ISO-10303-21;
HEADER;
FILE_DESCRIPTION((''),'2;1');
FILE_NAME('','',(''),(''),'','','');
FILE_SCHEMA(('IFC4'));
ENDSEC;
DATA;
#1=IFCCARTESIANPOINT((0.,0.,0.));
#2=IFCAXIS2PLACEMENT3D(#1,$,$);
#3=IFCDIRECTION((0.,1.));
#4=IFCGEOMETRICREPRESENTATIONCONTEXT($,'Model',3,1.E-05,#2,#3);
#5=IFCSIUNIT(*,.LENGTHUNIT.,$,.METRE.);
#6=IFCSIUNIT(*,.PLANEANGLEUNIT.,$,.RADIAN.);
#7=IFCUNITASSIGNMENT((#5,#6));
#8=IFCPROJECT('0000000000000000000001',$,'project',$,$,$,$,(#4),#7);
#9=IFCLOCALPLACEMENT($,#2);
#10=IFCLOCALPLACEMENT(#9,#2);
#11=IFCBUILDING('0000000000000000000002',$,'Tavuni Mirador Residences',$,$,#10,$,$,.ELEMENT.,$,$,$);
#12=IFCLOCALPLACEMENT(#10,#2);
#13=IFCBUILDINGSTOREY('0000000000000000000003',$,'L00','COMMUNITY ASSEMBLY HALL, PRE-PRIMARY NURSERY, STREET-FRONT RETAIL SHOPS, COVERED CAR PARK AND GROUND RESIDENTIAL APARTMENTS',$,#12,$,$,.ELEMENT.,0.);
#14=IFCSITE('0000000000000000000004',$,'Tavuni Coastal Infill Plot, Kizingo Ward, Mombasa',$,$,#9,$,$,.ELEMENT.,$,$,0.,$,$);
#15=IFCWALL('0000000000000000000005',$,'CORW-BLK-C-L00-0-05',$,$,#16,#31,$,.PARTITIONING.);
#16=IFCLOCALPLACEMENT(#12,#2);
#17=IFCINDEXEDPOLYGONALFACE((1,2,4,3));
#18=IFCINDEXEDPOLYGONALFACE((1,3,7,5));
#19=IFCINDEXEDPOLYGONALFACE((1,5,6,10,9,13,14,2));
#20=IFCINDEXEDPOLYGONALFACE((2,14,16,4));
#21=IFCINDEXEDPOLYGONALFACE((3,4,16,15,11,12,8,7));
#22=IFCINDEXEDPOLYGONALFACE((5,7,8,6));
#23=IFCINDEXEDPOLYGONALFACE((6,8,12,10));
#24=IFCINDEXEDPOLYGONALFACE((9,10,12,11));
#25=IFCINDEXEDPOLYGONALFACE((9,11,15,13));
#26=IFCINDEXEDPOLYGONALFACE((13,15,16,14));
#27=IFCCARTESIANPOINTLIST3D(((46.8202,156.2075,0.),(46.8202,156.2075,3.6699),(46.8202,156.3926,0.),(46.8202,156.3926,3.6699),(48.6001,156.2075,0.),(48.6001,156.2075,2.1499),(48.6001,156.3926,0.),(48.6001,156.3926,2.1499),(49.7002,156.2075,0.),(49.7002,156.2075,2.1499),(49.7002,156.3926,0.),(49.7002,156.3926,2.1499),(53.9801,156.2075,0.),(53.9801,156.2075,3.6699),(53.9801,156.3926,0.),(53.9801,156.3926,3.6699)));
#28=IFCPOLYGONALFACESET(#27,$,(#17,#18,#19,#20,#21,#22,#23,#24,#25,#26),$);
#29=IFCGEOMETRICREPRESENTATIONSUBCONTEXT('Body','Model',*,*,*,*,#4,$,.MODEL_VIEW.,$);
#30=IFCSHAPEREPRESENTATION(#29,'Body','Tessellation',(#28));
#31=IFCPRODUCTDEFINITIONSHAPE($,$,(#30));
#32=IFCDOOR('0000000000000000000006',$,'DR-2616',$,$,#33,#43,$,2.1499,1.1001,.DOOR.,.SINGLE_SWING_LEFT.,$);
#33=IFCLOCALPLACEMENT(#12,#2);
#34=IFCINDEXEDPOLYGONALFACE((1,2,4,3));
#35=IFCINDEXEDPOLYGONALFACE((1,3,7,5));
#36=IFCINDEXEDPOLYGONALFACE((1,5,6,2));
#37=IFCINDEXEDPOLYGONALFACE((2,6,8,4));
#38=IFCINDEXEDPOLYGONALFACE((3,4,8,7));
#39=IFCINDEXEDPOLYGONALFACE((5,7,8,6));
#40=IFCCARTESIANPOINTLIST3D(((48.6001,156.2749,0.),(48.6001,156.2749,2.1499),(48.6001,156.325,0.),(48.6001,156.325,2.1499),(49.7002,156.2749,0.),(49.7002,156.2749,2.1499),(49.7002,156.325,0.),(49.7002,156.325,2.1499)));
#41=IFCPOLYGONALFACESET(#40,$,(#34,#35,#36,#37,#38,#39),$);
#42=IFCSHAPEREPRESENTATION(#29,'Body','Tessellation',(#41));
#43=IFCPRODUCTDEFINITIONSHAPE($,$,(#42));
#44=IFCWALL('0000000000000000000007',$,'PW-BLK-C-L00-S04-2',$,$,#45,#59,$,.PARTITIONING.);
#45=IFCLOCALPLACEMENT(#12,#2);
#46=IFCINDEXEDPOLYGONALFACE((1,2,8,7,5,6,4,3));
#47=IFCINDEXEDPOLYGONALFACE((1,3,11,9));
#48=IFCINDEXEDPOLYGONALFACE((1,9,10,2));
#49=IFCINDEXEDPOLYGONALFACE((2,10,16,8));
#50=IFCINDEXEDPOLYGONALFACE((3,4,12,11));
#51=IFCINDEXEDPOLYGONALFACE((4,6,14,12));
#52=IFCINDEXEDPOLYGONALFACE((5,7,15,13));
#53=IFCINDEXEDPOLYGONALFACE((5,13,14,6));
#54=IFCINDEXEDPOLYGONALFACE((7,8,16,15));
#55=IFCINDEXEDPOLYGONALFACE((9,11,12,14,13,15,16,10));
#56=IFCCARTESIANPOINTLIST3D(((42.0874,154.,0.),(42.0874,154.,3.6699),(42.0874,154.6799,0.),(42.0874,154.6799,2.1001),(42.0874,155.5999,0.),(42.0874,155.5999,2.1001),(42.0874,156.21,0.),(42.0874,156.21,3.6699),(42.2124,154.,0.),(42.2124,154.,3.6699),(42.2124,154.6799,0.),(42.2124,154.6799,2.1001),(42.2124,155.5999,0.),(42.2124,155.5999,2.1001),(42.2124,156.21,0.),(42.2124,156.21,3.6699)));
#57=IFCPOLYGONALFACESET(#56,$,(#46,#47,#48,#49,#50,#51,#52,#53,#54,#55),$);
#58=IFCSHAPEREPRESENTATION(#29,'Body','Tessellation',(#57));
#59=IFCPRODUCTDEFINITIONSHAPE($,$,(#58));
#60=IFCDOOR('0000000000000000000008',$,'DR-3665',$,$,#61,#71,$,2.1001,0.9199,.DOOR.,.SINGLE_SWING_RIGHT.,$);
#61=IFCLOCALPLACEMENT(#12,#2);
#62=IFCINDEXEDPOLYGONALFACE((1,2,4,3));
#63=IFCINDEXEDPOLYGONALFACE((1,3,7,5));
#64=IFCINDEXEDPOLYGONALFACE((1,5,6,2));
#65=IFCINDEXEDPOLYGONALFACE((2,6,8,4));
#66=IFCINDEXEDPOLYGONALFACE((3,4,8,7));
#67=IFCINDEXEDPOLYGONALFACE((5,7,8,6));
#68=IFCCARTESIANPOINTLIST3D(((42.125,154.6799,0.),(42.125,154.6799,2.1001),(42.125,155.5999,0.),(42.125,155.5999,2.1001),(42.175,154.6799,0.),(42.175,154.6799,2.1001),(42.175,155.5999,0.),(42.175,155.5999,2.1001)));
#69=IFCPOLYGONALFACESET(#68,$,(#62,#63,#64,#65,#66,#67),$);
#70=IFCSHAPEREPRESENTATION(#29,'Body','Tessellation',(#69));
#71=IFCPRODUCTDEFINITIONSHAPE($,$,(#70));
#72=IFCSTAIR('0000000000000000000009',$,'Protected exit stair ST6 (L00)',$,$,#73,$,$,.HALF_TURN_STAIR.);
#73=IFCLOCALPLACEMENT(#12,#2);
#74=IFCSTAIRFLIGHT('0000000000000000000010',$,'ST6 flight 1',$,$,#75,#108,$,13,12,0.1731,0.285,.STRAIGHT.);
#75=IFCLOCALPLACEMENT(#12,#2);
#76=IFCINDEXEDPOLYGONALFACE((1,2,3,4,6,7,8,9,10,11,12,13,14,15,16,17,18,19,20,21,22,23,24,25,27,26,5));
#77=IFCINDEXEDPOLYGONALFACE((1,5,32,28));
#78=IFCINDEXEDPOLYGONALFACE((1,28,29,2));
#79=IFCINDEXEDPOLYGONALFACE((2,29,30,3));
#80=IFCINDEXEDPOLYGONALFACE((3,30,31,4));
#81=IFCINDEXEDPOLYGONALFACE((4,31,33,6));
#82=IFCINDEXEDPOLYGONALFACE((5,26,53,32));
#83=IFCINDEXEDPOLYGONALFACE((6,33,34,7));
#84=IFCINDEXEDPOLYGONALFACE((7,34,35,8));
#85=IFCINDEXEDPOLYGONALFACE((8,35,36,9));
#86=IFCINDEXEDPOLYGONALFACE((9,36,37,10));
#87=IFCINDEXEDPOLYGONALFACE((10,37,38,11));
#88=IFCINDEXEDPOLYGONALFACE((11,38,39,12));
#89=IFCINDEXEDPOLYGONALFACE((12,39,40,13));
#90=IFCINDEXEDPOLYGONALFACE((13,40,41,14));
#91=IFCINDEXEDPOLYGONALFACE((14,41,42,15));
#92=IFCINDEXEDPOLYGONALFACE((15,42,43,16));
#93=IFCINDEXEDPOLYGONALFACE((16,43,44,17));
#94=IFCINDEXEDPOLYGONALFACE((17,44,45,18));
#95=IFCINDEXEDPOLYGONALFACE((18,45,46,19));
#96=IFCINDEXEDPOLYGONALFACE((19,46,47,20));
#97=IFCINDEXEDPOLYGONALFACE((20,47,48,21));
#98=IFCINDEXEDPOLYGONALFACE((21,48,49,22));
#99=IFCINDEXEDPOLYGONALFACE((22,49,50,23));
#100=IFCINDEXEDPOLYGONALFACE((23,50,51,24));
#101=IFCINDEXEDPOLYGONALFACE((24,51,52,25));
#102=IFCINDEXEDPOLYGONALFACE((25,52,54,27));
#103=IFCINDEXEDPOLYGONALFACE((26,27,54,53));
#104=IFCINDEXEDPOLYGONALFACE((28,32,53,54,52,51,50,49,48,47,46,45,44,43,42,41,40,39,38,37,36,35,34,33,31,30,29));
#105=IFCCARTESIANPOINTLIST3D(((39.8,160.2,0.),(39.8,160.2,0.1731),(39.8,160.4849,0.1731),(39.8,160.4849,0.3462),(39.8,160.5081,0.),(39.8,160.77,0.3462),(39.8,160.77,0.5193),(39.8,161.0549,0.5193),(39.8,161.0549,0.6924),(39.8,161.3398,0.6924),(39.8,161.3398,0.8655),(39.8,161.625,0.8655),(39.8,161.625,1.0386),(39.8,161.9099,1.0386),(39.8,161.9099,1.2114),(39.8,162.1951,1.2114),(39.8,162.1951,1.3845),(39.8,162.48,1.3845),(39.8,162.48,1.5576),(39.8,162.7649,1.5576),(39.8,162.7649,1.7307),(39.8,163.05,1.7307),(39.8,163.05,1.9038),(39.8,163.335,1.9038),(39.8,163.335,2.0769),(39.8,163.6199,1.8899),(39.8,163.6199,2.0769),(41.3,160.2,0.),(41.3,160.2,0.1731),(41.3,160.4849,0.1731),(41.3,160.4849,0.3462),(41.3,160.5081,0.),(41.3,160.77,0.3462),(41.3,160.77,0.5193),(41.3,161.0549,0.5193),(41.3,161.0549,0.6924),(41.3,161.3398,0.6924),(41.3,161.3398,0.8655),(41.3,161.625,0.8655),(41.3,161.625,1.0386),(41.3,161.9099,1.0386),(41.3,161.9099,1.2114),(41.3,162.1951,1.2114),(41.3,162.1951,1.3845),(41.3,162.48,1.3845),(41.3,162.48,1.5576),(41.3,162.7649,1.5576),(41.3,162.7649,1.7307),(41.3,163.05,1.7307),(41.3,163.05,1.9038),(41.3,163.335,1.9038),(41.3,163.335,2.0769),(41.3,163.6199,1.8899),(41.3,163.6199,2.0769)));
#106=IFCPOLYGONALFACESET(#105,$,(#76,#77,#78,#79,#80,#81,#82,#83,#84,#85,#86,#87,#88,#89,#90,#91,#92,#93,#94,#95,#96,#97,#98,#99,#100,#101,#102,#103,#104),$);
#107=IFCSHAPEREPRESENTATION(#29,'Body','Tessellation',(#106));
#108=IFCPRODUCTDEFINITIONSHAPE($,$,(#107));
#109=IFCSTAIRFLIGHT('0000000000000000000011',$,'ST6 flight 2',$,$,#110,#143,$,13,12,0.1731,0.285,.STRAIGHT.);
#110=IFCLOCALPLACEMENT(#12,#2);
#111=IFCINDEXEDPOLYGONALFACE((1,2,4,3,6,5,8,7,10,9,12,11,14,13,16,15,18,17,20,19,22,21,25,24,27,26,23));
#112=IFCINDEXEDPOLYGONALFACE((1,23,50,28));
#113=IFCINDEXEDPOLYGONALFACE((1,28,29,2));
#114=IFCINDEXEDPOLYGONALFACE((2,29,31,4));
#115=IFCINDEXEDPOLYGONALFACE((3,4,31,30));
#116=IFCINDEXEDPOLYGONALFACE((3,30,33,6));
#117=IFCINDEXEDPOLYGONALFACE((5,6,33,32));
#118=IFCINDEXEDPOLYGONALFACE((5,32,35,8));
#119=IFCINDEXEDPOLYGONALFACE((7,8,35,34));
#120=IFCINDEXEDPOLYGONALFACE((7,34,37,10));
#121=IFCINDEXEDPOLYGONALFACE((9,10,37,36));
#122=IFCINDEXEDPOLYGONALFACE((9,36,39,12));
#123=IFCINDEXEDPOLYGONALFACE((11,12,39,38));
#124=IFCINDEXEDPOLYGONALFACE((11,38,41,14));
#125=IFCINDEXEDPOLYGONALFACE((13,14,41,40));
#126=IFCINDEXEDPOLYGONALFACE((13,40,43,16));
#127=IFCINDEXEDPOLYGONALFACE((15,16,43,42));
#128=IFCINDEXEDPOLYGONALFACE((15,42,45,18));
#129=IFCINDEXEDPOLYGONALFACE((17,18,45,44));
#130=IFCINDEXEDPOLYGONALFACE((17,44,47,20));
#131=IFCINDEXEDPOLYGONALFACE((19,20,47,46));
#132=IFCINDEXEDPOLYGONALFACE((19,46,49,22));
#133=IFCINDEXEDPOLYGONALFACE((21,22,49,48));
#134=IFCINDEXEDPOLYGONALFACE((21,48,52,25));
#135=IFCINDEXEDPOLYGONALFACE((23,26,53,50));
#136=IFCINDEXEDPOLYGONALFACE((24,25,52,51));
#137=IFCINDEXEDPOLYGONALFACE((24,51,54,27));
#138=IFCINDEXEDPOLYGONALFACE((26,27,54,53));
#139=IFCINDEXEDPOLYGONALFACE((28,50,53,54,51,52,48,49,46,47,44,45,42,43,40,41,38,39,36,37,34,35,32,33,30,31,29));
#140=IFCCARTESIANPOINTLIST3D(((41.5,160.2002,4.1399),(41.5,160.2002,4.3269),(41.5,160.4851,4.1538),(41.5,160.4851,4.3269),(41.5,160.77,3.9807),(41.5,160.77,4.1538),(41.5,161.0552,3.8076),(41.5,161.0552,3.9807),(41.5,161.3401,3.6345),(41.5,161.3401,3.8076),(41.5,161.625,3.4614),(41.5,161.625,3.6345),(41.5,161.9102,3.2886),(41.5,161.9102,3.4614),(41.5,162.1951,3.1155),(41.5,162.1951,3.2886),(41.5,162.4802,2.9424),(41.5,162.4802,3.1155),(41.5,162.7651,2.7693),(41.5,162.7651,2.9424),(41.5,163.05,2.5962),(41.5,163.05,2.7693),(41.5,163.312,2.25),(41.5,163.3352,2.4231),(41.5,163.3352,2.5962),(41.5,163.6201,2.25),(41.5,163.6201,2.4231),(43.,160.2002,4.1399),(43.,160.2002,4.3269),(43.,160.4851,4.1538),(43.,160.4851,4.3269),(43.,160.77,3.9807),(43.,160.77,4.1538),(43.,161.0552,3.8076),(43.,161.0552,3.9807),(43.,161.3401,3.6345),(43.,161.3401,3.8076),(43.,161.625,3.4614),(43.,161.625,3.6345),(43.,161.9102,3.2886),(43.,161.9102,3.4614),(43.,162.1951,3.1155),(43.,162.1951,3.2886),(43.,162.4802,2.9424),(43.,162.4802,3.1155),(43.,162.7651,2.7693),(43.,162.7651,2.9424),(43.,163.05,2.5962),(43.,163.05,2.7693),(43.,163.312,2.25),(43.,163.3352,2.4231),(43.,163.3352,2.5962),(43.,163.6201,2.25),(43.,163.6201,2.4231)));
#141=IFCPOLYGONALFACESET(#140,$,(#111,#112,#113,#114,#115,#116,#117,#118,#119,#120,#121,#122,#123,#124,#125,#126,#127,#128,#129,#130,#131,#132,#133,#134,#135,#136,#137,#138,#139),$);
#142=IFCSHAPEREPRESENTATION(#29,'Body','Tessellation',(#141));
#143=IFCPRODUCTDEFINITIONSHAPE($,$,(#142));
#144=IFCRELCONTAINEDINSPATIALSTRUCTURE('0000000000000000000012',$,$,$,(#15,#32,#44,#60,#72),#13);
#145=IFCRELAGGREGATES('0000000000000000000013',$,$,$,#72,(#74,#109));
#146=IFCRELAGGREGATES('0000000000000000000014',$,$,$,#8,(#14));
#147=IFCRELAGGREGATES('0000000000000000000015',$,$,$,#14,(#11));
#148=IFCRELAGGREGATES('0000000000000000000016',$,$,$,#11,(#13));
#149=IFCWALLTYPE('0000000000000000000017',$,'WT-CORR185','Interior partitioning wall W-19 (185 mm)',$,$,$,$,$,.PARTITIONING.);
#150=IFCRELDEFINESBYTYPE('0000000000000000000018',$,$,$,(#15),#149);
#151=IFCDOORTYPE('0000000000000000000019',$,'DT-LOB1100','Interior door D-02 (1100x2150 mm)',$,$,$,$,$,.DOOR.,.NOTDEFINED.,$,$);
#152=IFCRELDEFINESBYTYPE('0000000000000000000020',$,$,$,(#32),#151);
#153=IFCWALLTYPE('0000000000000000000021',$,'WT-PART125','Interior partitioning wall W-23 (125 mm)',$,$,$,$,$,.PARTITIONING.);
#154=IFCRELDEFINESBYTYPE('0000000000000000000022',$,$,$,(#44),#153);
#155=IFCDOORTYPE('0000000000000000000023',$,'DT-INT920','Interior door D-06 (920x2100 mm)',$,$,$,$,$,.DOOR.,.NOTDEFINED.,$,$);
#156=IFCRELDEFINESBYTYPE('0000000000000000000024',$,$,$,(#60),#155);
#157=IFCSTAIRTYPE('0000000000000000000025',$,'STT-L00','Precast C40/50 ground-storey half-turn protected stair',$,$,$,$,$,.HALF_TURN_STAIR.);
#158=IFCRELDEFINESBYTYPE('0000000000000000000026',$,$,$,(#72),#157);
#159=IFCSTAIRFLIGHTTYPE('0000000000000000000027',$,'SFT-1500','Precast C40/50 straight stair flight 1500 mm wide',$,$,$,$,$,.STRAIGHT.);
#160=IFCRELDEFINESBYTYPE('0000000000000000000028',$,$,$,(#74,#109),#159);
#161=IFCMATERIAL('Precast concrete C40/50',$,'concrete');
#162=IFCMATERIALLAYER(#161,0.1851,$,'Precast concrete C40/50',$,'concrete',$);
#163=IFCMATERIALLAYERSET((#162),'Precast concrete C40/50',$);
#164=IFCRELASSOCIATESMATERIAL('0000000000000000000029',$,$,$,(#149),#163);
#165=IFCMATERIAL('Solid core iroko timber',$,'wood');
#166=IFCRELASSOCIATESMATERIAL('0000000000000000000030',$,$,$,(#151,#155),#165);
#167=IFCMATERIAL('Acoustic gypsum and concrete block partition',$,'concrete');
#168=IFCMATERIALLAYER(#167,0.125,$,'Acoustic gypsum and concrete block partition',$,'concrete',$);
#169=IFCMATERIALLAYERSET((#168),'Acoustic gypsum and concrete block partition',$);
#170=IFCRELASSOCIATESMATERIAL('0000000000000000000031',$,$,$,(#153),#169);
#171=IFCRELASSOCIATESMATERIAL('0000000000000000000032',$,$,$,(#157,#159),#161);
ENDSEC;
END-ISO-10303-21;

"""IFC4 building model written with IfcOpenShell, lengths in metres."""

from ifc_helpers import new_model, si_unit, direction, frame, frame_2d, origin, place, context, subcontext, project, spatial, polyline, rectangle, outline, extrude, material, layer, layer_set, type_object, element, fill, aggregate, save


model = new_model("IFC4")

# Units and contexts
model_context = context("Model", 3, precision=1e-05, world=origin(), true_north=direction((0.0, 1.0)))
body_context = subcontext(model_context, "Body", "Model", "MODEL_VIEW")
ifc_project = project(units=[si_unit("LENGTHUNIT", "METRE"), si_unit("PLANEANGLEUNIT", "RADIAN")], contexts=[model_context])

# Site, building, storey
site_placement = place(None, origin())
site = spatial("IfcSite", under=ifc_project, at=site_placement, Name="Tavuni Coastal Infill Plot, Kizingo Ward, Mombasa", CompositionType="ELEMENT", RefElevation=0.0)
building_placement = place(site_placement, origin())
building = spatial("IfcBuilding", under=site, at=building_placement, Name="Tavuni Mirador Residences", CompositionType="ELEMENT")
storey_placement = place(building_placement, origin())
storey = spatial("IfcBuildingStorey", under=building, at=storey_placement, Name="L00", Description="COMMUNITY ASSEMBLY HALL, PRE-PRIMARY NURSERY, STREET-FRONT RETAIL SHOPS, COVERED CAR PARK AND GROUND RESIDENTIAL APARTMENTS", CompositionType="ELEMENT", Elevation=0.0)

# Shared definitions
ifc_material_1 = material(Name="Precast concrete C40/50", Category="concrete")

# Shared definitions
ifc_material_2 = material(Name="Solid core iroko timber", Category="wood")

# Walls, openings, doors
ifc_layer_1 = layer(ifc_material_1, 0.1851, Name="Precast concrete C40/50", Category="concrete")
ifc_layer_set_1 = layer_set([ifc_layer_1], Name="Precast concrete C40/50")
wall_type_1 = type_object("IfcWallType", Name="WT-CORR185", Description="Interior partitioning wall W-19 (185 mm)", PredefinedType="PARTITIONING", material=ifc_layer_set_1)
wall_1_placement = place(storey_placement, frame((46.8201, 156.3, 0.0), z_axis=(0.0, 0.0, 1.0), x_axis=(1.0, 0.0, 0.0)))
wall_1 = element("IfcWall", 1, at=wall_1_placement, inside=storey, type_object=wall_type_1, Name="CORW-BLK-C-L00-0-05", PredefinedType="PARTITIONING", context=body_context, shape_type="SweptSolid", body=[
    extrude(rectangle(XDim=7.1599, YDim=0.1851, at=frame_2d((3.5801, 0.0))), origin(), (0.0, 0.0, 1.0), 3.6699),
])
opening_1_placement = place(wall_1_placement, frame((1.78, 0.0, 0.0)))
opening_1 = element("IfcOpeningElement", 2, at=opening_1_placement, cuts=wall_1, PredefinedType="OPENING", context=body_context, shape_type="SweptSolid", body=[
    extrude(rectangle(XDim=1.1001, YDim=2.1499, at=frame_2d((0.55, 1.075))), frame((0.0, 0.1025, 0.0), z_axis=(0.0, -1.0, 0.0), x_axis=(1.0, 0.0, 0.0)), (0.0, 0.0, 1.0), 0.2051),
])
door_type_1 = type_object("IfcDoorType", Name="DT-LOB1100", Description="Interior door D-02 (1100x2150 mm)", OperationType="NOTDEFINED", PredefinedType="DOOR", material=ifc_material_2)
door_1_placement = place(opening_1_placement, origin())
door_1 = element("IfcDoor", 3, at=door_1_placement, inside=storey, type_object=door_type_1, Name="DR-2616", OperationType="SINGLE_SWING_LEFT", OverallHeight=2.1499, OverallWidth=1.1001, PredefinedType="DOOR", context=body_context, shape_type="SweptSolid", body=[
    extrude(rectangle(XDim=1.1001, YDim=2.1499, at=frame_2d((0.55, 1.075))), frame((0.0, 0.0249, 0.0), z_axis=(0.0, -1.0, 0.0), x_axis=(1.0, 0.0, 0.0)), (0.0, 0.0, 1.0), 0.05),
])
fill(opening_1, door_1)
ifc_material_3 = material(Name="Acoustic gypsum and concrete block partition", Category="concrete")
ifc_layer_2 = layer(ifc_material_3, 0.125, Name="Acoustic gypsum and concrete block partition", Category="concrete")
ifc_layer_set_2 = layer_set([ifc_layer_2], Name="Acoustic gypsum and concrete block partition")
wall_type_2 = type_object("IfcWallType", Name="WT-PART125", Description="Interior partitioning wall W-23 (125 mm)", PredefinedType="PARTITIONING", material=ifc_layer_set_2)
wall_2_placement = place(storey_placement, frame((42.1499, 154.0, 0.0), z_axis=(0.0, 0.0, 1.0), x_axis=(0.0, 1.0, 0.0)))
wall_2 = element("IfcWall", 4, at=wall_2_placement, inside=storey, type_object=wall_type_2, Name="PW-BLK-C-L00-S04-2", PredefinedType="PARTITIONING", context=body_context, shape_type="SweptSolid", body=[
    extrude(rectangle(XDim=2.21, YDim=0.125, at=frame_2d((1.105, 0.0))), origin(), (0.0, 0.0, 1.0), 3.6699),
])
opening_2_placement = place(wall_2_placement, frame((0.6799, 0.0, 0.0)))
opening_2 = element("IfcOpeningElement", 5, at=opening_2_placement, cuts=wall_2, PredefinedType="OPENING", context=body_context, shape_type="SweptSolid", body=[
    extrude(rectangle(XDim=0.9199, YDim=2.1001, at=frame_2d((0.46, 1.05))), frame((0.0, 0.0725, 0.0), z_axis=(0.0, -1.0, 0.0), x_axis=(1.0, 0.0, 0.0)), (0.0, 0.0, 1.0), 0.145),
])
door_type_2 = type_object("IfcDoorType", Name="DT-INT920", Description="Interior door D-06 (920x2100 mm)", OperationType="NOTDEFINED", PredefinedType="DOOR", material=ifc_material_2)
door_2_placement = place(opening_2_placement, origin())
door_2 = element("IfcDoor", 6, at=door_2_placement, inside=storey, type_object=door_type_2, Name="DR-3665", OperationType="SINGLE_SWING_RIGHT", OverallHeight=2.1001, OverallWidth=0.9199, PredefinedType="DOOR", context=body_context, shape_type="SweptSolid", body=[
    extrude(rectangle(XDim=0.9199, YDim=2.1001, at=frame_2d((0.46, 1.05))), frame((0.0, 0.0249, 0.0), z_axis=(0.0, -1.0, 0.0), x_axis=(1.0, 0.0, 0.0)), (0.0, 0.0, 1.0), 0.05),
])
fill(opening_2, door_2)

# Stair, stair flights
stair_type = type_object("IfcStairType", Name="STT-L00", Description="Precast C40/50 ground-storey half-turn protected stair", PredefinedType="HALF_TURN_STAIR", material=ifc_material_1)
stair_placement = place(storey_placement, origin())
stair = element("IfcStair", 7, at=stair_placement, inside=storey, type_object=stair_type, Name="Protected exit stair ST6 (L00)", PredefinedType="HALF_TURN_STAIR")
stair_flight_type = type_object("IfcStairFlightType", Name="SFT-1500", Description="Precast C40/50 straight stair flight 1500 mm wide", PredefinedType="STRAIGHT", material=ifc_material_1)
stair_flight_1_placement = place(storey_placement, frame((40.55, 160.2, 0.0), z_axis=(0.0, 0.0, 1.0), x_axis=(0.0, 1.0, 0.0)))
stair_flight_1 = element("IfcStairFlight", 8, at=stair_flight_1_placement, type_object=stair_flight_type, Name="ST6 flight 1", NumberOfRisers=13, NumberOfTreads=12, PredefinedType="STRAIGHT", RiserHeight=0.1731, TreadLength=0.285, context=body_context, shape_type="SweptSolid", body=[
    extrude(outline(polyline([(0.0, 0.0), (0.0, 0.1731), (0.2849, 0.1731), (0.2849, 0.3462), (0.5701, 0.3462), (0.5701, 0.5193), (0.855, 0.5193), (0.855, 0.6924), (1.1399, 0.6924), (1.1399, 0.8655), (1.425, 0.8655), (1.425, 1.0386), (1.71, 1.0386), (1.71, 1.2114), (1.9951, 1.2114), (1.9951, 1.3845), (2.28, 1.3845), (2.28, 1.5576), (2.5649, 1.5576), (2.5649, 1.7307), (2.8501, 1.7307), (2.8501, 1.9038), (3.135, 1.9038), (3.135, 2.0769), (3.4199, 2.0769), (3.4199, 2.25), (3.4199, 1.8899), (0.3081, 0.0), (0.0, 0.0)])), frame((0.0, 0.75, 0.0), z_axis=(0.0, -1.0, 0.0), x_axis=(1.0, 0.0, 0.0)), (0.0, 0.0, 1.0), 1.5),
])
stair_flight_2_placement = place(storey_placement, frame((42.25, 163.6201, 2.25), z_axis=(0.0, 0.0, 1.0), x_axis=(0.0, -1.0, 0.0)))
stair_flight_2 = element("IfcStairFlight", 9, at=stair_flight_2_placement, type_object=stair_flight_type, Name="ST6 flight 2", NumberOfRisers=13, NumberOfTreads=12, PredefinedType="STRAIGHT", RiserHeight=0.1731, TreadLength=0.285, context=body_context, shape_type="SweptSolid", body=[
    extrude(outline(polyline([(0.0, 0.0), (0.0, 0.1731), (0.2849, 0.1731), (0.2849, 0.3462), (0.5701, 0.3462), (0.5701, 0.5193), (0.855, 0.5193), (0.855, 0.6924), (1.1399, 0.6924), (1.1399, 0.8655), (1.425, 0.8655), (1.425, 1.0386), (1.71, 1.0386), (1.71, 1.2114), (1.9951, 1.2114), (1.9951, 1.3845), (2.28, 1.3845), (2.28, 1.5576), (2.5649, 1.5576), (2.5649, 1.7307), (2.8501, 1.7307), (2.8501, 1.9038), (3.135, 1.9038), (3.135, 2.0769), (3.4199, 2.0769), (3.4199, 2.25), (3.4199, 1.8899), (0.3081, 0.0), (0.0, 0.0)])), frame((0.0, 0.75, 0.0), z_axis=(0.0, -1.0, 0.0), x_axis=(1.0, 0.0, 0.0)), (0.0, 0.0, 1.0), 1.5),
])
aggregate(stair, [stair_flight_1, stair_flight_2])

save(model, "model.ifc")
